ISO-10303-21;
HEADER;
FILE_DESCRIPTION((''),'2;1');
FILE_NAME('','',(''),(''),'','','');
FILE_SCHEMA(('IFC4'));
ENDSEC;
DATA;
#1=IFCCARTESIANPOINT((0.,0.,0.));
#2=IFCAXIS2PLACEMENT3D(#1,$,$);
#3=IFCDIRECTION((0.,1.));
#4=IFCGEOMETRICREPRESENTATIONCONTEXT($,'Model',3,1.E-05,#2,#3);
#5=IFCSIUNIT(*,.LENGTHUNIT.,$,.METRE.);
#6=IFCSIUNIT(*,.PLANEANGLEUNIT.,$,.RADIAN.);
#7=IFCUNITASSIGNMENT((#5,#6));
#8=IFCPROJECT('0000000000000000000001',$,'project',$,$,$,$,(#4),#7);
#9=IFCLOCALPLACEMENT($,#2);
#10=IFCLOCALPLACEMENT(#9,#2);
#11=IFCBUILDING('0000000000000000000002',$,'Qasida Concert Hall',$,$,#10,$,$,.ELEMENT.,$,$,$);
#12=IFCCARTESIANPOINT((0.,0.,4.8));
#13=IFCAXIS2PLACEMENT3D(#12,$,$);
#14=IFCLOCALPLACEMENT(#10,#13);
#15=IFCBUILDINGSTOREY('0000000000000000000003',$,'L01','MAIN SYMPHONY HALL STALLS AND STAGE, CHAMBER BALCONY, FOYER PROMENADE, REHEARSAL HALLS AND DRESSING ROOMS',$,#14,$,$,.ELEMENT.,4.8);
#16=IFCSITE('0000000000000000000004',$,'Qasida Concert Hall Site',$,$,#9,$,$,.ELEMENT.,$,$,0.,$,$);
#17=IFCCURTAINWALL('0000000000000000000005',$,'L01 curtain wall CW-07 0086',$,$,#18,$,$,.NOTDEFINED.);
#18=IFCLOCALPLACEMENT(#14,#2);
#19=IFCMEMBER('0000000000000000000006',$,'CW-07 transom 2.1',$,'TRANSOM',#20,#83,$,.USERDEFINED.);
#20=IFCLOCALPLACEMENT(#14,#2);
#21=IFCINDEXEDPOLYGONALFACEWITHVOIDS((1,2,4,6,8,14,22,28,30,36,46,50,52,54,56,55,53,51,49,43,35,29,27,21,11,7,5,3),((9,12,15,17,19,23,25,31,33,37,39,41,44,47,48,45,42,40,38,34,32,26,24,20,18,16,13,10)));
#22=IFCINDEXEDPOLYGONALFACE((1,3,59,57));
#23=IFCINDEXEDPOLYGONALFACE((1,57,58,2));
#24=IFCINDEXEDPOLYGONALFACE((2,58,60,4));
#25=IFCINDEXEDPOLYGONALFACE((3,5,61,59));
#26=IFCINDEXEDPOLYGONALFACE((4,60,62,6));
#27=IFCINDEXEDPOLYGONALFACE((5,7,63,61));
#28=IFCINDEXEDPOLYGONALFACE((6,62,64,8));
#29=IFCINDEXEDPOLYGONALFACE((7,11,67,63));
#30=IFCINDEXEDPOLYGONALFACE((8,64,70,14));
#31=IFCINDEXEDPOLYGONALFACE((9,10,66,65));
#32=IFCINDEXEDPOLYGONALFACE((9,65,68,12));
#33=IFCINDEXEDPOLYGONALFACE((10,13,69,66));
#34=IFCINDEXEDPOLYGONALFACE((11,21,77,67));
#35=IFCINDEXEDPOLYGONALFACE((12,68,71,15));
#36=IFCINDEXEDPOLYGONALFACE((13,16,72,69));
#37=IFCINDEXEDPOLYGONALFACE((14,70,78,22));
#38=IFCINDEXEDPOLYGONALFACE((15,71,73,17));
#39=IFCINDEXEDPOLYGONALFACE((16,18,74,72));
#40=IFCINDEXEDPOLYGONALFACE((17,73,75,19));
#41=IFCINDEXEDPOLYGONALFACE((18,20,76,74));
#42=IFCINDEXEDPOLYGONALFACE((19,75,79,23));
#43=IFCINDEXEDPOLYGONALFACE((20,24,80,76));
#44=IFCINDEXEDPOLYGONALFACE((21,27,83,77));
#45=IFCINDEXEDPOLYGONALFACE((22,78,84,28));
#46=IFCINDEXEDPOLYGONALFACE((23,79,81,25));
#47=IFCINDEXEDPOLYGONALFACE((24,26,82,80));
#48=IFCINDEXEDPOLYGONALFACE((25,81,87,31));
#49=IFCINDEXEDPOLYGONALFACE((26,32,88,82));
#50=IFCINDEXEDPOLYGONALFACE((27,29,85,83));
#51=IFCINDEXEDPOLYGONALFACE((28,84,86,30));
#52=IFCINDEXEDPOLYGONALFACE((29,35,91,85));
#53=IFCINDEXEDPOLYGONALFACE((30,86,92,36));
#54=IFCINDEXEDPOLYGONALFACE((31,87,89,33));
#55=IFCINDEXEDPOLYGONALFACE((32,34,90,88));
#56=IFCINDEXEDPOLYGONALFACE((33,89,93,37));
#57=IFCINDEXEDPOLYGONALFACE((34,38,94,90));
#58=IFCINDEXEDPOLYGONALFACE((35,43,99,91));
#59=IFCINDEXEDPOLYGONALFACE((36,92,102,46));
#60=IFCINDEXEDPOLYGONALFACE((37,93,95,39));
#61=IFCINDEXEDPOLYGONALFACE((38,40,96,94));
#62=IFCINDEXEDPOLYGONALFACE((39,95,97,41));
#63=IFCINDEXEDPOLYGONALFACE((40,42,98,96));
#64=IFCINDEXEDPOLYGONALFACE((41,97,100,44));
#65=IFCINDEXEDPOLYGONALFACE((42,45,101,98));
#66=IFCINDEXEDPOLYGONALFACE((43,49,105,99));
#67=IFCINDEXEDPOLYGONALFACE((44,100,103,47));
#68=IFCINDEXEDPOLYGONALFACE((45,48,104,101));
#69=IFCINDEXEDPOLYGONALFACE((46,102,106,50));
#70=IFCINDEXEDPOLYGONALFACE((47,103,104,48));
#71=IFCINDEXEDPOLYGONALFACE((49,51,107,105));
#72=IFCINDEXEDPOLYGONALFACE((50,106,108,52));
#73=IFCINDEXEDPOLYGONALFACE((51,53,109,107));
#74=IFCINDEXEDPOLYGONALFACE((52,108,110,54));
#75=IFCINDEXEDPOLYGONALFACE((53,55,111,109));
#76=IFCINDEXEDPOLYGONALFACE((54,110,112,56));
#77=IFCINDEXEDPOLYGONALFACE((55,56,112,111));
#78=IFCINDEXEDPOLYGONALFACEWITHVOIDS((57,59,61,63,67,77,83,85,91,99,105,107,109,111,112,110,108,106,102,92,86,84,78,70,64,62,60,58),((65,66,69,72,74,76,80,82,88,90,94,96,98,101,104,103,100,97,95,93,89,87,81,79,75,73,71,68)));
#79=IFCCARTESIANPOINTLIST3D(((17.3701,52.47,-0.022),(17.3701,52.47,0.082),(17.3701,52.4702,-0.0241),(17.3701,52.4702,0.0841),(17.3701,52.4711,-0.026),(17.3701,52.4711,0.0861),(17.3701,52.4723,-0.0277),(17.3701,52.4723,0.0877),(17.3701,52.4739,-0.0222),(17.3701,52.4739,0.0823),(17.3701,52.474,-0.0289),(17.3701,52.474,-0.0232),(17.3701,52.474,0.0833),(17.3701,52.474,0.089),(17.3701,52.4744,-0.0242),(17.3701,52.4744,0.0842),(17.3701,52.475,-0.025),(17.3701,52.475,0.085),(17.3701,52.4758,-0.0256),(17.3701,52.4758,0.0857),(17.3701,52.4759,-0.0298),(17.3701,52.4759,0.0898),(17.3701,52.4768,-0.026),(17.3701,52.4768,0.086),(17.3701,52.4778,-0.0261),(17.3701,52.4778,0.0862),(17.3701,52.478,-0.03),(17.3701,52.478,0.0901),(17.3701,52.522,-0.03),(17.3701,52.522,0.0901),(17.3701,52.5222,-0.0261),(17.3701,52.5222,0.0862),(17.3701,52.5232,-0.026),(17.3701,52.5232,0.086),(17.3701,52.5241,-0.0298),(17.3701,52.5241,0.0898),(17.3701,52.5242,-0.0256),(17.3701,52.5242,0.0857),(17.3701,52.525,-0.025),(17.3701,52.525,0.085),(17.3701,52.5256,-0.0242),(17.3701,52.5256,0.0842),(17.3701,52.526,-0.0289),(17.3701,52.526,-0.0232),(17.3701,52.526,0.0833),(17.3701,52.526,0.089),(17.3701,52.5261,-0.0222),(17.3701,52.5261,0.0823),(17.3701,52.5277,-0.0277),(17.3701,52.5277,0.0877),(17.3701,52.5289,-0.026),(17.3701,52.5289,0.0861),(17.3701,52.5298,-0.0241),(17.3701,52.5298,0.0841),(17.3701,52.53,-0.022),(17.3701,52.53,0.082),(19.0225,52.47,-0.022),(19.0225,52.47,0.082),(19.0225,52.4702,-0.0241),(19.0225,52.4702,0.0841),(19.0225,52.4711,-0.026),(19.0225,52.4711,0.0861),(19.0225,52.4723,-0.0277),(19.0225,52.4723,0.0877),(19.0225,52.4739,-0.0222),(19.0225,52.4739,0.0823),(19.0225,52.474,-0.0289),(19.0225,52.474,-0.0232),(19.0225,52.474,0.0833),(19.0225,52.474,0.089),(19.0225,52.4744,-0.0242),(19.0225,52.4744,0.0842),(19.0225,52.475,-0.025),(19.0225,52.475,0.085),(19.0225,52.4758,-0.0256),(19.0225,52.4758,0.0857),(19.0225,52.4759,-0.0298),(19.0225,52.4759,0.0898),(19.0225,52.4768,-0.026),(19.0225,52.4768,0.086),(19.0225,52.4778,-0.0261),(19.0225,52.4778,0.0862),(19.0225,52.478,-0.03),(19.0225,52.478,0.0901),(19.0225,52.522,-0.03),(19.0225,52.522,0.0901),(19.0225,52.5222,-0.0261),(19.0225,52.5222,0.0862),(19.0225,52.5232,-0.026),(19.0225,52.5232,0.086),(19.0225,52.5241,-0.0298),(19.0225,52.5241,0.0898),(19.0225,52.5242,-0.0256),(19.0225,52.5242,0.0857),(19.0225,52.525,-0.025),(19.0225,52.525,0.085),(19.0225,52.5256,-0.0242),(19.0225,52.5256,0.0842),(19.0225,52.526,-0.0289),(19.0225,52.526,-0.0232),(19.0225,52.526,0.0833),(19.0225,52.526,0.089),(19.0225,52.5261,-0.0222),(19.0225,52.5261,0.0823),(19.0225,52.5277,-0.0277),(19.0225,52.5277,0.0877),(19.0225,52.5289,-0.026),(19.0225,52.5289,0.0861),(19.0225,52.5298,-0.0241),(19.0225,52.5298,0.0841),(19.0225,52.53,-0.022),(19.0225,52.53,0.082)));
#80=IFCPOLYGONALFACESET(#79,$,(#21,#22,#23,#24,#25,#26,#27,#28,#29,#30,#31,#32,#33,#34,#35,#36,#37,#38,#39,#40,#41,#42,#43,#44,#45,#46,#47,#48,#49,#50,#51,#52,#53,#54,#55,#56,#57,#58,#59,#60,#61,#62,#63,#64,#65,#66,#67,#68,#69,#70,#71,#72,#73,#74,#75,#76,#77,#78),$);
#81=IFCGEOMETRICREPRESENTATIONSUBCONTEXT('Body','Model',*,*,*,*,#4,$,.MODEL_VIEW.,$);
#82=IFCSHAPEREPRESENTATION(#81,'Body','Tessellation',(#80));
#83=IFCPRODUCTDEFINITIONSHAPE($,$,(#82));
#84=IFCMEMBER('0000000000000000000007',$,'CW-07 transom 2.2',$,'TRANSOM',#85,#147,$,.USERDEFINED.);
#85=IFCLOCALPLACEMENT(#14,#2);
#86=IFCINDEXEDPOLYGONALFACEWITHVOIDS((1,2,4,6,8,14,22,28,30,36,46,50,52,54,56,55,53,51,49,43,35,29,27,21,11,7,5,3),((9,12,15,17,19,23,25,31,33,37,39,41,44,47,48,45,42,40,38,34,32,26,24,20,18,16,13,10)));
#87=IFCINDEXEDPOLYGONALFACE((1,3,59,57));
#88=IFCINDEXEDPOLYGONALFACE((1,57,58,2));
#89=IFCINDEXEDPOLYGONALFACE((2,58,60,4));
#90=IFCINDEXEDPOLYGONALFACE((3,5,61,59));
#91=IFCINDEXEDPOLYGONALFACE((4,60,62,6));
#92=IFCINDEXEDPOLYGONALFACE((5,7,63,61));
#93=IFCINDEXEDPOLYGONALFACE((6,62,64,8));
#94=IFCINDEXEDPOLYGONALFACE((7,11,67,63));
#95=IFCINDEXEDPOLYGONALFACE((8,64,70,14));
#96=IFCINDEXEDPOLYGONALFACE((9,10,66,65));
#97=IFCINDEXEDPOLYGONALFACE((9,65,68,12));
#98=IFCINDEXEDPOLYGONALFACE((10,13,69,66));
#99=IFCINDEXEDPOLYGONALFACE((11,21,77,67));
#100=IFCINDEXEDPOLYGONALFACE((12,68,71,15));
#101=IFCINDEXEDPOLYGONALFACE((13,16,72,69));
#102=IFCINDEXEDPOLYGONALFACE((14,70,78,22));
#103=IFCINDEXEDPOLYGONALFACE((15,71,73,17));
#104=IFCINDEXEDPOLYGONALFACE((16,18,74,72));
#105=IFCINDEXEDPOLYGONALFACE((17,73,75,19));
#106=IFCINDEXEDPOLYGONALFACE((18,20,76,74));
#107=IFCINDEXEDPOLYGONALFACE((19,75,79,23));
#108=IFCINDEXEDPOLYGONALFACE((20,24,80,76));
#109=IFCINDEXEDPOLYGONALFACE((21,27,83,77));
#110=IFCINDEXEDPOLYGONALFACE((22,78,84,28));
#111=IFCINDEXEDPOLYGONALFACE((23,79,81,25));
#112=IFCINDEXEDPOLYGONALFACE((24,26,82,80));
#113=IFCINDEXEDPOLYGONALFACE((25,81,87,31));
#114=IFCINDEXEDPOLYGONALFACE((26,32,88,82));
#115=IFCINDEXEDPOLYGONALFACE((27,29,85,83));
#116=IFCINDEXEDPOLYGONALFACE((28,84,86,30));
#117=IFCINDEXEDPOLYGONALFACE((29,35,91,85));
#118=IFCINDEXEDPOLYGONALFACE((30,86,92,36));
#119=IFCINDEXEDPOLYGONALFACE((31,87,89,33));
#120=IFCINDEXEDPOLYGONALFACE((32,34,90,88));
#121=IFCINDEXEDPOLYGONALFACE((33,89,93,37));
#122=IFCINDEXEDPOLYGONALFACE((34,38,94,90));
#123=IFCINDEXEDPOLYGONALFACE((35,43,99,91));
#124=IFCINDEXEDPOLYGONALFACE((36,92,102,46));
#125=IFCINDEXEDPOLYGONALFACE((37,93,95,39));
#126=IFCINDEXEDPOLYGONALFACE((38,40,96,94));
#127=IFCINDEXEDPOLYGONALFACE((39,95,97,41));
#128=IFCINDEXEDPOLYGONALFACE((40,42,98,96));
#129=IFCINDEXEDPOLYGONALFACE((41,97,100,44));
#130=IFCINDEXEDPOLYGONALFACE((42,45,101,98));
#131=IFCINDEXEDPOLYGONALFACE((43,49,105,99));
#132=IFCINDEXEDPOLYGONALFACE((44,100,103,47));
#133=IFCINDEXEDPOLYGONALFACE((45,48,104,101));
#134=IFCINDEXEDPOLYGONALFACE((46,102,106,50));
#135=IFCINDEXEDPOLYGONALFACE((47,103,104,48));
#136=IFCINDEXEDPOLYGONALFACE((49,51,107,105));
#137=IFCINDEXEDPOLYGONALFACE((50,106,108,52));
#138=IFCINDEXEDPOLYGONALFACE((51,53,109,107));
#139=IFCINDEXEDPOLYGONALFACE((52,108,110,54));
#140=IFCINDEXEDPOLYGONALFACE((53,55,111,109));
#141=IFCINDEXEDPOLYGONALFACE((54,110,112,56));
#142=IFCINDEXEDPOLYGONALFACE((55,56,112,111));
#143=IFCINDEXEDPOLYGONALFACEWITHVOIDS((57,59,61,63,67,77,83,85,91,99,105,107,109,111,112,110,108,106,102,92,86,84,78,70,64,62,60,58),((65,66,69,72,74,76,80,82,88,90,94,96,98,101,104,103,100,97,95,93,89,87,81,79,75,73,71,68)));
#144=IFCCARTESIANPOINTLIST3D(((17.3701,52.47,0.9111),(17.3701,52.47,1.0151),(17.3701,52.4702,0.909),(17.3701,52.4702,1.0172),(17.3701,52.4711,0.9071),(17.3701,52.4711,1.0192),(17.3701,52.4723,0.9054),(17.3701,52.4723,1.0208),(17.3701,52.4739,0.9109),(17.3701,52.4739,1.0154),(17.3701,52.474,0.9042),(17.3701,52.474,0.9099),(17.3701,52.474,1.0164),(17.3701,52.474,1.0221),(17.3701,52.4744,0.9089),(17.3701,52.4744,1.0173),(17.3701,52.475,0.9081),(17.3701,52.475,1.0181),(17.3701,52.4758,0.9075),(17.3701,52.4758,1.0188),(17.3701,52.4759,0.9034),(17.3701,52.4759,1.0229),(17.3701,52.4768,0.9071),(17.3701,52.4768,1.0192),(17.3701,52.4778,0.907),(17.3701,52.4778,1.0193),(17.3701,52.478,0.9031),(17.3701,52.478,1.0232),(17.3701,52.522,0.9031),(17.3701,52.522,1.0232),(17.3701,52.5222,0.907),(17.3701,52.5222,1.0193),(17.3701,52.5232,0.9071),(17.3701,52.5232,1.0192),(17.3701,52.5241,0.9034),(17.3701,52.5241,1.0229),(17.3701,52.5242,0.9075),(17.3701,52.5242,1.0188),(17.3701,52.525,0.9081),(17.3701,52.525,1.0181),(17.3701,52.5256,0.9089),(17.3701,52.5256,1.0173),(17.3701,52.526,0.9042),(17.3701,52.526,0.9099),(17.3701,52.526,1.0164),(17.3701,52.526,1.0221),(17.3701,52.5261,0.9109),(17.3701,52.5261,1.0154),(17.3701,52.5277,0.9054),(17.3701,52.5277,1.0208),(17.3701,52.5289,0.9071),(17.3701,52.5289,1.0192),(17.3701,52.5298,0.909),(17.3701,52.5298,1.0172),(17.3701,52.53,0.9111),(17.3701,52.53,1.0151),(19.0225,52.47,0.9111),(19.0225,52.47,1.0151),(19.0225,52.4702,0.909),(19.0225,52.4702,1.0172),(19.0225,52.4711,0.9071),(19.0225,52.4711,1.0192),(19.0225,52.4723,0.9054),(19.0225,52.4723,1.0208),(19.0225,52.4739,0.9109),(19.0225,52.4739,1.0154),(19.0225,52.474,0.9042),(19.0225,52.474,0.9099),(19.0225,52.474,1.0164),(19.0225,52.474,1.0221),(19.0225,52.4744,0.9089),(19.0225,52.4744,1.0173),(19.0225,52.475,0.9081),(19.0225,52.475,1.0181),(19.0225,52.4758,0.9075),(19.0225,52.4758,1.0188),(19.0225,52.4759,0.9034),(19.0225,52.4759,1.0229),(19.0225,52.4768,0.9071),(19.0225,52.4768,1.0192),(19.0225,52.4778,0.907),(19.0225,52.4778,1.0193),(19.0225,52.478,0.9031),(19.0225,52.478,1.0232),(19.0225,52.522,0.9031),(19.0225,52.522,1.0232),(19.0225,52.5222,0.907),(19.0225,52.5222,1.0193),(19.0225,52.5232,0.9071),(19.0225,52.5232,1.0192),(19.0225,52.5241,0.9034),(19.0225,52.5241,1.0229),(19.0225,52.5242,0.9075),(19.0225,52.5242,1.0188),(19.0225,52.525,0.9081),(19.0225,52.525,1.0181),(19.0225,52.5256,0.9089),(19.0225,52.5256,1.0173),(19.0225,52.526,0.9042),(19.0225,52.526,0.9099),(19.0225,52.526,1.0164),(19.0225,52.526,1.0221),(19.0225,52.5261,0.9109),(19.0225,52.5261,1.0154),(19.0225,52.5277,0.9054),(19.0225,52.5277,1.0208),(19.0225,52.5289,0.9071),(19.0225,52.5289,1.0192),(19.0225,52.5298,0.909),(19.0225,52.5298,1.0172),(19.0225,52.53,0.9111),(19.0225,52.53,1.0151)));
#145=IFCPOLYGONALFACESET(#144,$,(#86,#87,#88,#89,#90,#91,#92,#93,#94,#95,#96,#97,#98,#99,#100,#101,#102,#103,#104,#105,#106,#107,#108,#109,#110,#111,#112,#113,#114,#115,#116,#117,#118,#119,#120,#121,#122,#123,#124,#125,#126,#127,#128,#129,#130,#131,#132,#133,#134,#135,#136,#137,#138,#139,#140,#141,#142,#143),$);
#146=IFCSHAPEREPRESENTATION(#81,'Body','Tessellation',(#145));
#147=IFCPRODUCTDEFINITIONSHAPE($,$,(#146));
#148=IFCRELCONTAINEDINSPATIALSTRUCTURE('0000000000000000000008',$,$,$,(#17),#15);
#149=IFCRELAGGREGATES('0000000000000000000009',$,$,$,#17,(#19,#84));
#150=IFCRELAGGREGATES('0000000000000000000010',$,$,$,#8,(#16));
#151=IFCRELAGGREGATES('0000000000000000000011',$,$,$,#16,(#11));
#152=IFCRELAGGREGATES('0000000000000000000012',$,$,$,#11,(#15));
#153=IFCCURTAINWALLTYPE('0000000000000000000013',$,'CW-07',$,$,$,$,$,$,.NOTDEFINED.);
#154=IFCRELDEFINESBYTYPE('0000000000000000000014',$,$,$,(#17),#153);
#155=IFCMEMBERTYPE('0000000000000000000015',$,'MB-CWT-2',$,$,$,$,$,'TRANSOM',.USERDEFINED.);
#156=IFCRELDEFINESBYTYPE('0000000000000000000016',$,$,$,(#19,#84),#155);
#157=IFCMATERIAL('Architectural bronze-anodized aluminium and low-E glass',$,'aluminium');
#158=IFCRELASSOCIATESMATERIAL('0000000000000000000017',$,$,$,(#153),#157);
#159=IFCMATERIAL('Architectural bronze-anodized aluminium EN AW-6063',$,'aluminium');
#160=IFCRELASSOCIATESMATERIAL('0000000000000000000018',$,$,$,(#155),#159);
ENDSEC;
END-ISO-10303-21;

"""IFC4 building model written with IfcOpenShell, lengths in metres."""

from ifc_helpers import new_model, si_unit, direction, frame, origin, origin_2d, place, context, subcontext, project, spatial, hollow_rectangle, extrude, material, material_profile, profile_set, type_object, element, aggregate, save


model = new_model("IFC4")

# Units and contexts
model_context = context("Model", 3, precision=1e-05, world=origin(), true_north=direction((0.0, 1.0)))
body_context = subcontext(model_context, "Body", "Model", "MODEL_VIEW")
ifc_project = project(units=[si_unit("LENGTHUNIT", "METRE"), si_unit("PLANEANGLEUNIT", "RADIAN")], contexts=[model_context])

# Site, building, storey
site_placement = place(None, origin())
site = spatial("IfcSite", under=ifc_project, at=site_placement, Name="Qasida Concert Hall Site", CompositionType="ELEMENT", RefElevation=0.0)
building_placement = place(site_placement, origin())
building = spatial("IfcBuilding", under=site, at=building_placement, Name="Qasida Concert Hall", CompositionType="ELEMENT")
storey_placement = place(building_placement, frame((0.0, 0.0, 4.8)))
storey = spatial("IfcBuildingStorey", under=building, at=storey_placement, Name="L01", Description="MAIN SYMPHONY HALL STALLS AND STAGE, CHAMBER BALCONY, FOYER PROMENADE, REHEARSAL HALLS AND DRESSING ROOMS", CompositionType="ELEMENT", Elevation=4.8)

# Curtain wall
ifc_material_1 = material(Name="Architectural bronze-anodized aluminium and low-E glass", Category="aluminium")
curtain_wall_type = type_object("IfcCurtainWallType", Name="CW-07", PredefinedType="NOTDEFINED", material=ifc_material_1)
curtain_wall_1_placement = place(storey_placement, origin())
curtain_wall_1 = element("IfcCurtainWall", 1, at=curtain_wall_1_placement, inside=storey, type_object=curtain_wall_type, Name="L01 curtain wall CW-07 0086", PredefinedType="NOTDEFINED")
ifc_material_2 = material(Name="Architectural bronze-anodized aluminium EN AW-6063", Category="aluminium")

# Members
ifc_material_profile_1 = material_profile(ifc_material_2, hollow_rectangle(XDim=0.0601, YDim=0.1201, WallThickness=0.0039, InnerFilletRadius=0.0039, OuterFilletRadius=0.0081, at=origin_2d()), Name="CWT 120x60x4")
ifc_profile_set_1 = profile_set([ifc_material_profile_1], Name="Architectural bronze-anodized aluminium EN AW-6063")
member_type_1 = type_object("IfcMemberType", Name="MB-CWT-2", ElementType="TRANSOM", PredefinedType="USERDEFINED", material=ifc_profile_set_1)
member_1_placement = place(storey_placement, frame((17.3701, 52.5, 0.03), z_axis=(1.0, 0.0, 0.0), x_axis=(0.0, 1.0, 0.0)))
member_1 = element("IfcMember", 2, at=member_1_placement, type_object=member_type_1, Name="CW-07 transom 2.1", ObjectType="TRANSOM", PredefinedType="USERDEFINED", context=body_context, shape_type="SweptSolid", body=[
    extrude(hollow_rectangle(XDim=0.0601, YDim=0.1201, WallThickness=0.0039, InnerFilletRadius=0.0039, OuterFilletRadius=0.0081, at=origin_2d()), origin(), (0.0, 0.0, 1.0), 1.6523),
])
member_2_placement = place(storey_placement, frame((17.3701, 52.5, 0.9631), z_axis=(1.0, 0.0, 0.0), x_axis=(0.0, 1.0, 0.0)))
member_2 = element("IfcMember", 3, at=member_2_placement, type_object=member_type_1, Name="CW-07 transom 2.2", ObjectType="TRANSOM", PredefinedType="USERDEFINED", context=body_context, shape_type="SweptSolid", body=[
    extrude(hollow_rectangle(XDim=0.0601, YDim=0.1201, WallThickness=0.0039, InnerFilletRadius=0.0039, OuterFilletRadius=0.0081, at=origin_2d()), origin(), (0.0, 0.0, 1.0), 1.6523),
])

aggregate(curtain_wall_1, [member_1, member_2])

save(model, "model.ifc")
